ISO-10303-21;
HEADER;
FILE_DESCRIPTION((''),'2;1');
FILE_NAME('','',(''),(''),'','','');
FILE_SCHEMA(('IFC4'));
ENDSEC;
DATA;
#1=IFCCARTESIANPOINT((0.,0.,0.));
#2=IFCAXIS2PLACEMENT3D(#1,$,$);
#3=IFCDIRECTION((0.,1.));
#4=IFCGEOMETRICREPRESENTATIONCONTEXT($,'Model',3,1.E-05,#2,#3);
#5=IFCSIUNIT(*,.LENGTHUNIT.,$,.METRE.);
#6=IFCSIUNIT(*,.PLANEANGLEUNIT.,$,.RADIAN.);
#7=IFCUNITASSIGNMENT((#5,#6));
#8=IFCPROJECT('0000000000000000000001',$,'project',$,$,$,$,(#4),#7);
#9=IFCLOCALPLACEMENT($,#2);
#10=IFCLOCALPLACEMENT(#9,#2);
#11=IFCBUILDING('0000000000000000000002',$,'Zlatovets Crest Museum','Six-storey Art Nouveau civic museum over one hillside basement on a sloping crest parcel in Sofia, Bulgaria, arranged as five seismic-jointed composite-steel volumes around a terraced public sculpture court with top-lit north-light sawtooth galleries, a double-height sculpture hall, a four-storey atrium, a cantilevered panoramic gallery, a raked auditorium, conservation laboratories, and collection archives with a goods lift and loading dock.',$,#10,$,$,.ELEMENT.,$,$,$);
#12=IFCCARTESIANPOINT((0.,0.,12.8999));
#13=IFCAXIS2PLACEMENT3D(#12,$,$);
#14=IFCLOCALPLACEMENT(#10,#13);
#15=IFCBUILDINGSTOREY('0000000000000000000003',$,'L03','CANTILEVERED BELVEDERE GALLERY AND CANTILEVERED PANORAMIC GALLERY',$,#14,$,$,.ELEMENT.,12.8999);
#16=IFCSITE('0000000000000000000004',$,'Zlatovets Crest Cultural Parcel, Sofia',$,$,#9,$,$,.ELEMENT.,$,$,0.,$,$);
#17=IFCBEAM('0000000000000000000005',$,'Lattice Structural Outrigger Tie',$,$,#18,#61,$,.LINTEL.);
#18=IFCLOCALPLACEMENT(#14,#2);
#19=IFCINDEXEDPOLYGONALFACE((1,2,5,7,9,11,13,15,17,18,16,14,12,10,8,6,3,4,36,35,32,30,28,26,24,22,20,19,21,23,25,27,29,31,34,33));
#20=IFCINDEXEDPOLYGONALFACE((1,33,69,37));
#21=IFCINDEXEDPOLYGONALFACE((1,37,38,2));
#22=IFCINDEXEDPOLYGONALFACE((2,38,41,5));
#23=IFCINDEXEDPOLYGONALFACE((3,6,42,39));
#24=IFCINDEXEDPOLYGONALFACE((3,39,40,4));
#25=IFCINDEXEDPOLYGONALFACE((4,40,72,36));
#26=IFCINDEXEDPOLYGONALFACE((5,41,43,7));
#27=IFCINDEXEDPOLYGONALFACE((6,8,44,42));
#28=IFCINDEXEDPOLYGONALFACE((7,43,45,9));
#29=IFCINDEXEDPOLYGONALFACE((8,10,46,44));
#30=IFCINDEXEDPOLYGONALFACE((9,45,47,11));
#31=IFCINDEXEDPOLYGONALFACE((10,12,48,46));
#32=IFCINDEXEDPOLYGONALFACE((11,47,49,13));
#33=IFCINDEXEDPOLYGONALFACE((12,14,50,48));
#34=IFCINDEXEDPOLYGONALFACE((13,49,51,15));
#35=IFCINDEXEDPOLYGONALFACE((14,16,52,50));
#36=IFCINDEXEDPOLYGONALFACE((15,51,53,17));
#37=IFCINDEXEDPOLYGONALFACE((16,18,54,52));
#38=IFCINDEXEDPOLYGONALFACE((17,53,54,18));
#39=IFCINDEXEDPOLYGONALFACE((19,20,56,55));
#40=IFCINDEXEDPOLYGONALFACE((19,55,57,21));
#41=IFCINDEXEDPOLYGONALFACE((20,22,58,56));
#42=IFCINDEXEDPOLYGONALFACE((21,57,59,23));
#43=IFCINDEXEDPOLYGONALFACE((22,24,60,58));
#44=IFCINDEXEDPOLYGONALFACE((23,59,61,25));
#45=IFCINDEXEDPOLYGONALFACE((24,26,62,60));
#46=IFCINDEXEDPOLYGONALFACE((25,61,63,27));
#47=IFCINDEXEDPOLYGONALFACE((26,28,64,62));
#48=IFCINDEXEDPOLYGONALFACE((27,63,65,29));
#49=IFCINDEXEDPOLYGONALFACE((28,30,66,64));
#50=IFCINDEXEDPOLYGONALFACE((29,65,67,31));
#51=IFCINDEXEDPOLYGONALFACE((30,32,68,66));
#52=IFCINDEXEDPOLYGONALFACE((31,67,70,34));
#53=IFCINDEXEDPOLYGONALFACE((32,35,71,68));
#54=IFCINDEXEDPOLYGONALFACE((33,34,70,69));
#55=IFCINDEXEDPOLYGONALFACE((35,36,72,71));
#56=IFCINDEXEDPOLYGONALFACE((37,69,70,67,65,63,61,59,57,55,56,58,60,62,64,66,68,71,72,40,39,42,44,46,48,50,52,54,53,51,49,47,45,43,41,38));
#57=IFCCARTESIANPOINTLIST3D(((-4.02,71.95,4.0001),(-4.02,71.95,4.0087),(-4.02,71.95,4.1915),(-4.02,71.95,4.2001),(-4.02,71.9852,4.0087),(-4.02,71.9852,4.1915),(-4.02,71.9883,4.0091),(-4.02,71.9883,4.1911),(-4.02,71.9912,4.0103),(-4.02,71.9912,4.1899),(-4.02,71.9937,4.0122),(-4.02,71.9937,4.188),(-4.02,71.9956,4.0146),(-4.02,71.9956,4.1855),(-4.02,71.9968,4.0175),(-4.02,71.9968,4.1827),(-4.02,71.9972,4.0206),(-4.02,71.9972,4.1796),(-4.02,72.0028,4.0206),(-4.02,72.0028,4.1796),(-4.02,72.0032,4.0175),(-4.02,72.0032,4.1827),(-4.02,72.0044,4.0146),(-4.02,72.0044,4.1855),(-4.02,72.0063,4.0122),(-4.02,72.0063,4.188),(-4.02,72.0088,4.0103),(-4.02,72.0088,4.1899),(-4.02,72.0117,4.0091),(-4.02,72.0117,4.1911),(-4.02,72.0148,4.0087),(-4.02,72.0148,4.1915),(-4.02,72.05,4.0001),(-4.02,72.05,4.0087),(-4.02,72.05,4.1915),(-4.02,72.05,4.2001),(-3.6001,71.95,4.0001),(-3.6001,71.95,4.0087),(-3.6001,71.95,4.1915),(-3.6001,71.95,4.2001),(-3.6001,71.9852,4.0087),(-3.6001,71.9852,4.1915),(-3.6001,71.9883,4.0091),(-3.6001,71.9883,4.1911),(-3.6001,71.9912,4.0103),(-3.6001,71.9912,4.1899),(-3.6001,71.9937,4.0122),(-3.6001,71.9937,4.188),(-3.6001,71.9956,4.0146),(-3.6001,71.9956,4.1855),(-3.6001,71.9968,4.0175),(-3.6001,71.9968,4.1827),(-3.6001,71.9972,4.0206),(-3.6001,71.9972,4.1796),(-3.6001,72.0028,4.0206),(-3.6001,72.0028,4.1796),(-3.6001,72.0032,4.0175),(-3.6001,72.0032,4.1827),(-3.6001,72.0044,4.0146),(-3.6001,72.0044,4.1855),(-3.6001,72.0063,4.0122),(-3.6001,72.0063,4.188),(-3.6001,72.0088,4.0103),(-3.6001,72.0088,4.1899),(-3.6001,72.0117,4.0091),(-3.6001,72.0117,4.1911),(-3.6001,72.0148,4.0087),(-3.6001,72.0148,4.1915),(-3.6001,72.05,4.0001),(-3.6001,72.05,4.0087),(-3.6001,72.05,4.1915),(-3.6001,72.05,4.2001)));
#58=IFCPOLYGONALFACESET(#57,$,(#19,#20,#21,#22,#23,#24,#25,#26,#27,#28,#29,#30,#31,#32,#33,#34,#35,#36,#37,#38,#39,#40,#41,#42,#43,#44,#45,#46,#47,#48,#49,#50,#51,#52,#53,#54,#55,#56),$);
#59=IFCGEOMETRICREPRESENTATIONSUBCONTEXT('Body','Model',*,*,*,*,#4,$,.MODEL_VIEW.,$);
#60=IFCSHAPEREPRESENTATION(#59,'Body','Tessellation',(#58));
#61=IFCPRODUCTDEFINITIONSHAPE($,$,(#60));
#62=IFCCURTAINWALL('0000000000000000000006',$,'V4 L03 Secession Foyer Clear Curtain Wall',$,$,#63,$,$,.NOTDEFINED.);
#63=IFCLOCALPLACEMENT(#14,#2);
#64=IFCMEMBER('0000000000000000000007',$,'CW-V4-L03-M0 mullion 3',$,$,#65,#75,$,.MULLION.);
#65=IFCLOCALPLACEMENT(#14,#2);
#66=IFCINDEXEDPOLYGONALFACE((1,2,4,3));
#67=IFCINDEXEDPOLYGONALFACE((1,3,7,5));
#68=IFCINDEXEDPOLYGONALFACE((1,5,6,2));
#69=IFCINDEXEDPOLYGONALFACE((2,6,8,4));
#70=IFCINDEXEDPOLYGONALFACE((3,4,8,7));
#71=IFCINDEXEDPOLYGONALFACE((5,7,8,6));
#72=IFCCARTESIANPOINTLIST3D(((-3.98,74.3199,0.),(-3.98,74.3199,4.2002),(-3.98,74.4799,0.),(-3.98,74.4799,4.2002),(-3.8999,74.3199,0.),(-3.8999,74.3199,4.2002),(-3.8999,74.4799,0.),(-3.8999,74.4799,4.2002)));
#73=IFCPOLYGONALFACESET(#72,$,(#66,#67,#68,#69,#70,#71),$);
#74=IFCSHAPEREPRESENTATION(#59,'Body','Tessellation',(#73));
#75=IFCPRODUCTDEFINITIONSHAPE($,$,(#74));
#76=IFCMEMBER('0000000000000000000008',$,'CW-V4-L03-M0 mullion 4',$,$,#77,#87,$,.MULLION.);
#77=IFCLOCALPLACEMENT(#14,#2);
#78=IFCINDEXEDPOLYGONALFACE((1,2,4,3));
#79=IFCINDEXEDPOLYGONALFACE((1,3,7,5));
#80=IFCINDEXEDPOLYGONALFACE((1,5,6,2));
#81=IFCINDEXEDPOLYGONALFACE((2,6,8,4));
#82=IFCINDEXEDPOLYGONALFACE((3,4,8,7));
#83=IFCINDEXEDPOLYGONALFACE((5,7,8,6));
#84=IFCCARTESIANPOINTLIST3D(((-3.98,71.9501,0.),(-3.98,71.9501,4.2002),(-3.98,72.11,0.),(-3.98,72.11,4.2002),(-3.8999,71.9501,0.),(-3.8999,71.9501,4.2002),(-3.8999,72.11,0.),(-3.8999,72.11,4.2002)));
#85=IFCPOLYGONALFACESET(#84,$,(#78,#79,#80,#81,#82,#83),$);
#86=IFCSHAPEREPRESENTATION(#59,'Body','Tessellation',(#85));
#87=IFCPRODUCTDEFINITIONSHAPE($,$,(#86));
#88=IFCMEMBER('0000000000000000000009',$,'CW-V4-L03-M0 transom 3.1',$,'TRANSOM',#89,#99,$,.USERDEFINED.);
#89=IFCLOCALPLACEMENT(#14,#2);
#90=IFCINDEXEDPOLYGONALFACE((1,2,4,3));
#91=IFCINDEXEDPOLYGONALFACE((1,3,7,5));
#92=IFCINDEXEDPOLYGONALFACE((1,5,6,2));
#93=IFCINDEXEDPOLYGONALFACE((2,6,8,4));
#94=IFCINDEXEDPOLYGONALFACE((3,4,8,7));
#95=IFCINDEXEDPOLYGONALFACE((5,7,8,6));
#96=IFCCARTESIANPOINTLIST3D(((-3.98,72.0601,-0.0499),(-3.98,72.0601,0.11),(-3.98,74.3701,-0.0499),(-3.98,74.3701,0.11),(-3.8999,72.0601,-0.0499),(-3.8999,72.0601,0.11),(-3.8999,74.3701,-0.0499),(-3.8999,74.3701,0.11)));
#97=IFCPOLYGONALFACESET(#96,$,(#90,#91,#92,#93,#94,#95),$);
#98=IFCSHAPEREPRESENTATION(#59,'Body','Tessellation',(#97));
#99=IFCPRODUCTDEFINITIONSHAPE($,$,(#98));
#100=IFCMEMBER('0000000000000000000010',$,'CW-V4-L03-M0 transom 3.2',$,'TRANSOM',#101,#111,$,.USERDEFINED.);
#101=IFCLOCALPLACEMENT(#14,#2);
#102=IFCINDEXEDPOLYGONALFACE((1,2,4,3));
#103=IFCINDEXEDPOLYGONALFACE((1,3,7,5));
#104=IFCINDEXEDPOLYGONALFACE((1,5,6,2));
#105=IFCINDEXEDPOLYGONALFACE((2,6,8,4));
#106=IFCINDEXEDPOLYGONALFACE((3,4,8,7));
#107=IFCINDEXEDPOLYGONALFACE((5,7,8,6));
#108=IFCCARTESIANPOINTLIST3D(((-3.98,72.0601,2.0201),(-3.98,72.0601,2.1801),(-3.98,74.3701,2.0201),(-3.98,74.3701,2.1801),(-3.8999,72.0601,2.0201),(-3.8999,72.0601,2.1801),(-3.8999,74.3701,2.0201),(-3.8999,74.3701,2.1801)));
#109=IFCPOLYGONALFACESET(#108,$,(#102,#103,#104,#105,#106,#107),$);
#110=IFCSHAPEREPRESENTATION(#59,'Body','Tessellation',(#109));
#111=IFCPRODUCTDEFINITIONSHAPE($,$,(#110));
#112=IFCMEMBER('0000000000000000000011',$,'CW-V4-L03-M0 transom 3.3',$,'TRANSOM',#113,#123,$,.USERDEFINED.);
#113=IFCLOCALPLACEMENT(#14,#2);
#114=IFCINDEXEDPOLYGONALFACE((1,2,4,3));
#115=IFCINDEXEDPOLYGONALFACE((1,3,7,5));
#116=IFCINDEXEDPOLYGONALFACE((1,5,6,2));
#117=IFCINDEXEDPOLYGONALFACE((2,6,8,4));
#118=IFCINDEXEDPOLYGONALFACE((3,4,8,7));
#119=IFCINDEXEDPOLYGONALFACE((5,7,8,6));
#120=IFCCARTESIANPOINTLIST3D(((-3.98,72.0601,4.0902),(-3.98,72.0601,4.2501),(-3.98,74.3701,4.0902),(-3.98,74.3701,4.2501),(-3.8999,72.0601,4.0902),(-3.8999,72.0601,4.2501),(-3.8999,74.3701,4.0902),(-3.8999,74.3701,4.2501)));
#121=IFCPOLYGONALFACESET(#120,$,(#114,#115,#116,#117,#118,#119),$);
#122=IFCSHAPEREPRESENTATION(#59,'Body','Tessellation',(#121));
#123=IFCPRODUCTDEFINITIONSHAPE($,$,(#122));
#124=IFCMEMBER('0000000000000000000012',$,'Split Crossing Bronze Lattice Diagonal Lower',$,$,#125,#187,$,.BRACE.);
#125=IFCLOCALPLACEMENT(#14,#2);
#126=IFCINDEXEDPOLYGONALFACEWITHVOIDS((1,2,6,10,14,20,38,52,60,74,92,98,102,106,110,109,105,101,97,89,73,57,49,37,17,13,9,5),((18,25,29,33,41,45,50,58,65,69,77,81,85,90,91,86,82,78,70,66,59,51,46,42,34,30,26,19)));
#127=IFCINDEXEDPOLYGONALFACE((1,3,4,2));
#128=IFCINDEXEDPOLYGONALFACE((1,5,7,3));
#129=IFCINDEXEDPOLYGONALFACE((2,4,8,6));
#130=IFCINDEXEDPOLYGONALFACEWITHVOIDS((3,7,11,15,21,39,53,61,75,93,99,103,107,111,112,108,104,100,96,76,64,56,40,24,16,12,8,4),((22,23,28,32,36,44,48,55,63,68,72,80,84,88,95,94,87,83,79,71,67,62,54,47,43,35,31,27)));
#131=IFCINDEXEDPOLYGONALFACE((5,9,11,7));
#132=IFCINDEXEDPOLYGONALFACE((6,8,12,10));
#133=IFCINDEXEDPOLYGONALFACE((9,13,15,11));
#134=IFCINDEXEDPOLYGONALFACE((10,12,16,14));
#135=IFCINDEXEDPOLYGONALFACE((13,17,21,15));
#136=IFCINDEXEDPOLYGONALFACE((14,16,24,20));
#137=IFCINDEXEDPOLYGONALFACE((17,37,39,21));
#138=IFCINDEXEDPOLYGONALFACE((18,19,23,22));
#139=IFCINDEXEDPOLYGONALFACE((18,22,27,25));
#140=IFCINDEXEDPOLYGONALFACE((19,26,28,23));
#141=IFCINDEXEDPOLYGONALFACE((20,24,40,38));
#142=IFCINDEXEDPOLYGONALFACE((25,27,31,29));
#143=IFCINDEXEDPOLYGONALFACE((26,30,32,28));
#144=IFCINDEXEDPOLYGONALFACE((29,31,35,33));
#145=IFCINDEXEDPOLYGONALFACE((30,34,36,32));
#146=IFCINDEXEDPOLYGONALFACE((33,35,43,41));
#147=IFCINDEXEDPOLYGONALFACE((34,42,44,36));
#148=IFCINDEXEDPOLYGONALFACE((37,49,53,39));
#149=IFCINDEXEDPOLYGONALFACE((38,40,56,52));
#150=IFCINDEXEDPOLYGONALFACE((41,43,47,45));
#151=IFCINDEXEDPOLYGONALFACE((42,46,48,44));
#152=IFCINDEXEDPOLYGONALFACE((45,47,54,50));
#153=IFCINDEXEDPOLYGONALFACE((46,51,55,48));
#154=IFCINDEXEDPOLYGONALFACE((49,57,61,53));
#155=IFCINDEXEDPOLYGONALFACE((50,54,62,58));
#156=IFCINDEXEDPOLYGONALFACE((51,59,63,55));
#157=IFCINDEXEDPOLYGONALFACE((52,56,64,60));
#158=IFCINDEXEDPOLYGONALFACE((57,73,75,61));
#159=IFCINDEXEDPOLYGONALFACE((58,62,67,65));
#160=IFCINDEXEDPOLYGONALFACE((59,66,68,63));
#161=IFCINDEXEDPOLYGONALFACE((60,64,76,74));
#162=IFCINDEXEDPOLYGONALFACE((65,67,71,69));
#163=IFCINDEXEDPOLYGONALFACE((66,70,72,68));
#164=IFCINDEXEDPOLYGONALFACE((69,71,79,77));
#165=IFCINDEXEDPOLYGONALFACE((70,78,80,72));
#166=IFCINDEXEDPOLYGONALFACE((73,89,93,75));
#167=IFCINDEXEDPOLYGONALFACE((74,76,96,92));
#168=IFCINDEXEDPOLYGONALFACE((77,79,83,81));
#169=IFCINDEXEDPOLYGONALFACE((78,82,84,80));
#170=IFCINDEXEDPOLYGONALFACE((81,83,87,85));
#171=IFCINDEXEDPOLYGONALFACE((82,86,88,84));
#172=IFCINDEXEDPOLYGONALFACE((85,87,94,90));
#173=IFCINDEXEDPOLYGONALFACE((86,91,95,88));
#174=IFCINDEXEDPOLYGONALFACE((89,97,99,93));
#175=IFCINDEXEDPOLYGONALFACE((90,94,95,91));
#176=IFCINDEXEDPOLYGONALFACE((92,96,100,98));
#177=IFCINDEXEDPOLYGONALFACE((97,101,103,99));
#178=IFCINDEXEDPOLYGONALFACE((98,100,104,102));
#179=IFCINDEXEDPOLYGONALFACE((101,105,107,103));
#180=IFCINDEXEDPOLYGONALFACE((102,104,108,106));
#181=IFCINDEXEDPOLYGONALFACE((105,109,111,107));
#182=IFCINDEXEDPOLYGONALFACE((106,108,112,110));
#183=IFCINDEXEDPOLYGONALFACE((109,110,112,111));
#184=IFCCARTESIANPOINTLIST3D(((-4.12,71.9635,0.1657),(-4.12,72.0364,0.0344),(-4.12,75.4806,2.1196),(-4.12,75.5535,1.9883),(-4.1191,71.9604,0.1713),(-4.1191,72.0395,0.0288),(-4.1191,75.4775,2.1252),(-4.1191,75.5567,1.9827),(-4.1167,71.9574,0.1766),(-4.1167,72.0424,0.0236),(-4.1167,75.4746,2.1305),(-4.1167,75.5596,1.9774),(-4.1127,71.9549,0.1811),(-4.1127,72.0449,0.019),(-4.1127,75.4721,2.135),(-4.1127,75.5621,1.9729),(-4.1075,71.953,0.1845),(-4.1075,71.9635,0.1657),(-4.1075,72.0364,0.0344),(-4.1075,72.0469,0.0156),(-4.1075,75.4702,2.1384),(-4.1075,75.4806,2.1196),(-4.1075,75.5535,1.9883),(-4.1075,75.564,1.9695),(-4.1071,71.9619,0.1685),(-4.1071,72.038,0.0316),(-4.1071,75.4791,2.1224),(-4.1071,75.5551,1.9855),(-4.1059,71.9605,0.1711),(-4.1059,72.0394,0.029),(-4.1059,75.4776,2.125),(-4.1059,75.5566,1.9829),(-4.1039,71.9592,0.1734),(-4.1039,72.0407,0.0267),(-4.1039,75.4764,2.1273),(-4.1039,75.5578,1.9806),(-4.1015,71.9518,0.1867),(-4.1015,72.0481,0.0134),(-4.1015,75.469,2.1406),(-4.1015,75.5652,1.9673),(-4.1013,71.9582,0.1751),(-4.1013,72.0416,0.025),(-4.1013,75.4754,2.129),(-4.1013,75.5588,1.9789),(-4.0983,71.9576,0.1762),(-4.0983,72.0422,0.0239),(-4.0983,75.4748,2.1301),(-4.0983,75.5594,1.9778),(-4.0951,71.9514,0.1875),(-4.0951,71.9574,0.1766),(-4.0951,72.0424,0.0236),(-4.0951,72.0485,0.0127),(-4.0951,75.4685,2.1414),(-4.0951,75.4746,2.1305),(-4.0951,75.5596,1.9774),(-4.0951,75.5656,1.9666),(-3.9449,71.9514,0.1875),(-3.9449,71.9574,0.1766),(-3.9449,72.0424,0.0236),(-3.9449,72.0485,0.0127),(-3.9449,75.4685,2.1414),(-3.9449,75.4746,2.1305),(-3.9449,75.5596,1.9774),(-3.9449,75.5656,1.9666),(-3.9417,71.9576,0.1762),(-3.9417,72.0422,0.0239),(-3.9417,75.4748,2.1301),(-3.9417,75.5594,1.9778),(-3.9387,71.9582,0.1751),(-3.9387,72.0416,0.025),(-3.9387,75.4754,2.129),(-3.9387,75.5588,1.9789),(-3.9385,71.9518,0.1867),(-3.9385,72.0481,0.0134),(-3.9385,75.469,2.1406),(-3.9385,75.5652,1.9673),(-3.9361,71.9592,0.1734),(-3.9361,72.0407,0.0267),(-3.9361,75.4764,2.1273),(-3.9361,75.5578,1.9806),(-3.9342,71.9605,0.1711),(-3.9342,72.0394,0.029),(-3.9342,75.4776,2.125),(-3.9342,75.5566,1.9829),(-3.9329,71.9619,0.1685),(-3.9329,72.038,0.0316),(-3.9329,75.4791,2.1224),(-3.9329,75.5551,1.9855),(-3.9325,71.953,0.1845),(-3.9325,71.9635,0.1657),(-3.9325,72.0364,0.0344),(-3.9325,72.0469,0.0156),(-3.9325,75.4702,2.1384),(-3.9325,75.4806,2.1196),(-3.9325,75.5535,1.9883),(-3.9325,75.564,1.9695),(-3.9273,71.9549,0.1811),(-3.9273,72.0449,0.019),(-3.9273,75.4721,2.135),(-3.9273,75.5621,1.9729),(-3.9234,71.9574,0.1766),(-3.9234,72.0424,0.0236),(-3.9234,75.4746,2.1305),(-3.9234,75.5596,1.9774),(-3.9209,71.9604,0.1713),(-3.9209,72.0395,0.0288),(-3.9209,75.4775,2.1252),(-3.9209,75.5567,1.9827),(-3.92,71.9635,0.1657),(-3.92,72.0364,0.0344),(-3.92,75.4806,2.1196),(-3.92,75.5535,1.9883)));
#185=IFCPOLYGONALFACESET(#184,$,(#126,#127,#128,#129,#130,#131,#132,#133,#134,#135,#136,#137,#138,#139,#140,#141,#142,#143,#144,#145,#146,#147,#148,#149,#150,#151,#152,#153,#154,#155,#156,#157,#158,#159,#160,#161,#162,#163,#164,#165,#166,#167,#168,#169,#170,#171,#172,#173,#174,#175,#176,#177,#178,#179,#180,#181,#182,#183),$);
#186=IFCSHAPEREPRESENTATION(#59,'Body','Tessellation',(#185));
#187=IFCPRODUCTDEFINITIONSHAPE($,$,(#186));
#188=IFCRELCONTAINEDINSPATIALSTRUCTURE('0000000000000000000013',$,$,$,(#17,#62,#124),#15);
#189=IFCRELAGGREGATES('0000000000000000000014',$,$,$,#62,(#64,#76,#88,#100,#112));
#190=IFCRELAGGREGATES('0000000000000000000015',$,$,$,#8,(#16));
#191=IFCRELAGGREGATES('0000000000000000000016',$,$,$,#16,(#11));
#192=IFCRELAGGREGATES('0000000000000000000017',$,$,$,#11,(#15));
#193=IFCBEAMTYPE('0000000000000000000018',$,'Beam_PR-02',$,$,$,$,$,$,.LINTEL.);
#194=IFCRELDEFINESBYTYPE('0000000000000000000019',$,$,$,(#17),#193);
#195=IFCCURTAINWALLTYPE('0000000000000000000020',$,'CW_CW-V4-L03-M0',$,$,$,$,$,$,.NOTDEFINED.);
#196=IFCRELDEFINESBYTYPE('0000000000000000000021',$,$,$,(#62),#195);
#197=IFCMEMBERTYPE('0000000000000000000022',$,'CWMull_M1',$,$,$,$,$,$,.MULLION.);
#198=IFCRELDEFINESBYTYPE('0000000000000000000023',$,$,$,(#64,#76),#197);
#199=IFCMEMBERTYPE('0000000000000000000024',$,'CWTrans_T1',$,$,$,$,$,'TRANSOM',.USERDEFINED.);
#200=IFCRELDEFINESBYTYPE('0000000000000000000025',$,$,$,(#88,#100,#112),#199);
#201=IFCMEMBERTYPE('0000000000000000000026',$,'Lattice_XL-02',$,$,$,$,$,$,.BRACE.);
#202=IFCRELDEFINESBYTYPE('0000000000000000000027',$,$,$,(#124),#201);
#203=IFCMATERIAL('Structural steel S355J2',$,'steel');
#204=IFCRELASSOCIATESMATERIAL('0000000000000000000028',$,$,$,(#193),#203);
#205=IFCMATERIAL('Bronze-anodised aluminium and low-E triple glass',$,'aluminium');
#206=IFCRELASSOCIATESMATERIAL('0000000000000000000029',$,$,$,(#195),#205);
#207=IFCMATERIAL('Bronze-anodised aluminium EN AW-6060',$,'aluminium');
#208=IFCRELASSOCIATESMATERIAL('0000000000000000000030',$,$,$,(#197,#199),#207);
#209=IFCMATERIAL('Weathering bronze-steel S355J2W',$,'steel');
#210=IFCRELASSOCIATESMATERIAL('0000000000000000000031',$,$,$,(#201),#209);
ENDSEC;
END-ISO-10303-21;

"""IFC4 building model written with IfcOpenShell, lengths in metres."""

from ifc_helpers import new_model, si_unit, direction, frame, origin, origin_2d, place, context, subcontext, project, spatial, rectangle, hollow_rectangle, i_section, extrude, material, material_profile, profile_set, type_object, element, aggregate, save


model = new_model("IFC4")

# Units and contexts
model_context = context("Model", 3, precision=1e-05, world=origin(), true_north=direction((0.0, 1.0)))
body_context = subcontext(model_context, "Body", "Model", "MODEL_VIEW")
ifc_project = project(units=[si_unit("LENGTHUNIT", "METRE"), si_unit("PLANEANGLEUNIT", "RADIAN")], contexts=[model_context])

# Site, building, storey
site_placement = place(None, origin())
site = spatial("IfcSite", under=ifc_project, at=site_placement, Name="Zlatovets Crest Cultural Parcel, Sofia", CompositionType="ELEMENT", RefElevation=0.0)
building_placement = place(site_placement, origin())
building = spatial("IfcBuilding", under=site, at=building_placement, Name="Zlatovets Crest Museum", Description="Six-storey Art Nouveau civic museum over one hillside basement on a sloping crest parcel in Sofia, Bulgaria, arranged as five seismic-jointed composite-steel volumes around a terraced public sculpture court with top-lit north-light sawtooth galleries, a double-height sculpture hall, a four-storey atrium, a cantilevered panoramic gallery, a raked auditorium, conservation laboratories, and collection archives with a goods lift and loading dock.", CompositionType="ELEMENT")
storey_placement = place(building_placement, frame((0.0, 0.0, 12.8999)))
storey = spatial("IfcBuildingStorey", under=building, at=storey_placement, Name="L03", Description="CANTILEVERED BELVEDERE GALLERY AND CANTILEVERED PANORAMIC GALLERY", CompositionType="ELEMENT", Elevation=12.8999)

# Beam
ifc_material_1 = material(Name="Structural steel S355J2", Category="steel")
ifc_material_profile_1 = material_profile(ifc_material_1, i_section(OverallWidth=0.1001, OverallDepth=0.2, WebThickness=0.0056, FlangeThickness=0.0085, FilletRadius=0.012, at=origin_2d()), Name="IPE 200")
ifc_profile_set_1 = profile_set([ifc_material_profile_1], Name="Structural steel S355J2")
beam_type_1 = type_object("IfcBeamType", Name="Beam_PR-02", PredefinedType="LINTEL", material=ifc_profile_set_1)
for number, where, z_axis, x_axis, name in (
    (1, (-3.6001, 72.0, 4.1001), (-1.0, 0.0, 0.0), (0.0, -1.0, 0.0), "Lattice Structural Outrigger Tie"),
):
    element("IfcBeam", number, at=place(storey_placement, frame(where, z_axis=z_axis, x_axis=x_axis)), inside=storey, type_object=beam_type_1, Name=name, PredefinedType="LINTEL", context=body_context, shape_type="SweptSolid", body=[
        extrude(i_section(OverallWidth=0.1001, OverallDepth=0.2, WebThickness=0.0056, FlangeThickness=0.0085, FilletRadius=0.012, at=origin_2d()), origin(), (0.0, 0.0, 1.0), 0.4199),
    ])

# Curtain wall, members
ifc_material_2 = material(Name="Bronze-anodised aluminium and low-E triple glass", Category="aluminium")
curtain_wall_type = type_object("IfcCurtainWallType", Name="CW_CW-V4-L03-M0", PredefinedType="NOTDEFINED", material=ifc_material_2)
curtain_wall_placement = place(storey_placement, origin())
curtain_wall = element("IfcCurtainWall", 2, at=curtain_wall_placement, inside=storey, type_object=curtain_wall_type, Name="V4 L03 Secession Foyer Clear Curtain Wall", PredefinedType="NOTDEFINED")
ifc_material_3 = material(Name="Bronze-anodised aluminium EN AW-6060", Category="aluminium")
ifc_material_profile_2 = material_profile(ifc_material_3, rectangle(XDim=0.0801, YDim=0.1599, at=origin_2d()), Name="ALU 80x160")
ifc_profile_set_2 = profile_set([ifc_material_profile_2], Name="Bronze-anodised aluminium EN AW-6060")
member_type_1 = type_object("IfcMemberType", Name="CWMull_M1", PredefinedType="MULLION", material=ifc_profile_set_2)
member_1_placement = place(storey_placement, frame((-3.9399, 74.3999, 0.0), z_axis=(0.0, 0.0, 1.0), x_axis=(1.0, 0.0, 0.0)))
member_1 = element("IfcMember", 3, at=member_1_placement, type_object=member_type_1, Name="CW-V4-L03-M0 mullion 3", PredefinedType="MULLION", context=body_context, shape_type="SweptSolid", body=[
    extrude(rectangle(XDim=0.0801, YDim=0.1599, at=origin_2d()), origin(), (0.0, 0.0, 1.0), 4.2002),
])
member_2_placement = place(storey_placement, frame((-3.9399, 72.03, 0.0), z_axis=(0.0, 0.0, 1.0), x_axis=(1.0, 0.0, 0.0)))
member_2 = element("IfcMember", 4, at=member_2_placement, type_object=member_type_1, Name="CW-V4-L03-M0 mullion 4", PredefinedType="MULLION", context=body_context, shape_type="SweptSolid", body=[
    extrude(rectangle(XDim=0.0801, YDim=0.1599, at=origin_2d()), origin(), (0.0, 0.0, 1.0), 4.2002),
])
ifc_material_profile_3 = material_profile(ifc_material_3, rectangle(XDim=0.0801, YDim=0.1599, at=origin_2d()), Name="ALU 80x160")
ifc_profile_set_3 = profile_set([ifc_material_profile_3], Name="Bronze-anodised aluminium EN AW-6060")
member_type_2 = type_object("IfcMemberType", Name="CWTrans_T1", ElementType="TRANSOM", PredefinedType="USERDEFINED", material=ifc_profile_set_3)
member_3_placement = place(storey_placement, frame((-3.9399, 74.3701, 0.03), z_axis=(0.0, -1.0, 0.0), x_axis=(1.0, 0.0, 0.0)))
member_3 = element("IfcMember", 5, at=member_3_placement, type_object=member_type_2, Name="CW-V4-L03-M0 transom 3.1", ObjectType="TRANSOM", PredefinedType="USERDEFINED", context=body_context, shape_type="SweptSolid", body=[
    extrude(rectangle(XDim=0.0801, YDim=0.1599, at=origin_2d()), origin(), (0.0, 0.0, 1.0), 2.3101),
])
member_4_placement = place(storey_placement, frame((-3.9399, 74.3701, 2.1001), z_axis=(0.0, -1.0, 0.0), x_axis=(1.0, 0.0, 0.0)))
member_4 = element("IfcMember", 6, at=member_4_placement, type_object=member_type_2, Name="CW-V4-L03-M0 transom 3.2", ObjectType="TRANSOM", PredefinedType="USERDEFINED", context=body_context, shape_type="SweptSolid", body=[
    extrude(rectangle(XDim=0.0801, YDim=0.1599, at=origin_2d()), origin(), (0.0, 0.0, 1.0), 2.3101),
])
member_5_placement = place(storey_placement, frame((-3.9399, 74.3701, 4.1702), z_axis=(0.0, -1.0, 0.0), x_axis=(1.0, 0.0, 0.0)))
member_5 = element("IfcMember", 7, at=member_5_placement, type_object=member_type_2, Name="CW-V4-L03-M0 transom 3.3", ObjectType="TRANSOM", PredefinedType="USERDEFINED", context=body_context, shape_type="SweptSolid", body=[
    extrude(rectangle(XDim=0.0801, YDim=0.1599, at=origin_2d()), origin(), (0.0, 0.0, 1.0), 2.3101),
])

# Member
ifc_material_4 = material(Name="Weathering bronze-steel S355J2W", Category="steel")
ifc_material_profile_4 = material_profile(ifc_material_4, hollow_rectangle(XDim=0.2, YDim=0.2, WallThickness=0.0125, InnerFilletRadius=0.0125, OuterFilletRadius=0.0249, at=origin_2d()), Name="SHS 200x200x12.5")
ifc_profile_set_4 = profile_set([ifc_material_profile_4], Name="Weathering bronze-steel S355J2W")
member_type_3 = type_object("IfcMemberType", Name="Lattice_XL-02", PredefinedType="BRACE", material=ifc_profile_set_4)
member_6_placement = place(storey_placement, frame((-4.02, 75.5171, 2.054), z_axis=(0.0, -0.874166, -0.485627), x_axis=(1.0, 0.0, 0.0)))
element("IfcMember", 8, at=member_6_placement, inside=storey, type_object=member_type_3, Name="Split Crossing Bronze Lattice Diagonal Lower", PredefinedType="BRACE", context=body_context, shape_type="SweptSolid", body=[
    extrude(hollow_rectangle(XDim=0.2, YDim=0.2, WallThickness=0.0125, InnerFilletRadius=0.0125, OuterFilletRadius=0.0249, at=origin_2d()), origin(), (0.0, 0.0, 1.0), 4.0234),
])

aggregate(curtain_wall, [member_1, member_2, member_3, member_4, member_5])

save(model, "model.ifc")
